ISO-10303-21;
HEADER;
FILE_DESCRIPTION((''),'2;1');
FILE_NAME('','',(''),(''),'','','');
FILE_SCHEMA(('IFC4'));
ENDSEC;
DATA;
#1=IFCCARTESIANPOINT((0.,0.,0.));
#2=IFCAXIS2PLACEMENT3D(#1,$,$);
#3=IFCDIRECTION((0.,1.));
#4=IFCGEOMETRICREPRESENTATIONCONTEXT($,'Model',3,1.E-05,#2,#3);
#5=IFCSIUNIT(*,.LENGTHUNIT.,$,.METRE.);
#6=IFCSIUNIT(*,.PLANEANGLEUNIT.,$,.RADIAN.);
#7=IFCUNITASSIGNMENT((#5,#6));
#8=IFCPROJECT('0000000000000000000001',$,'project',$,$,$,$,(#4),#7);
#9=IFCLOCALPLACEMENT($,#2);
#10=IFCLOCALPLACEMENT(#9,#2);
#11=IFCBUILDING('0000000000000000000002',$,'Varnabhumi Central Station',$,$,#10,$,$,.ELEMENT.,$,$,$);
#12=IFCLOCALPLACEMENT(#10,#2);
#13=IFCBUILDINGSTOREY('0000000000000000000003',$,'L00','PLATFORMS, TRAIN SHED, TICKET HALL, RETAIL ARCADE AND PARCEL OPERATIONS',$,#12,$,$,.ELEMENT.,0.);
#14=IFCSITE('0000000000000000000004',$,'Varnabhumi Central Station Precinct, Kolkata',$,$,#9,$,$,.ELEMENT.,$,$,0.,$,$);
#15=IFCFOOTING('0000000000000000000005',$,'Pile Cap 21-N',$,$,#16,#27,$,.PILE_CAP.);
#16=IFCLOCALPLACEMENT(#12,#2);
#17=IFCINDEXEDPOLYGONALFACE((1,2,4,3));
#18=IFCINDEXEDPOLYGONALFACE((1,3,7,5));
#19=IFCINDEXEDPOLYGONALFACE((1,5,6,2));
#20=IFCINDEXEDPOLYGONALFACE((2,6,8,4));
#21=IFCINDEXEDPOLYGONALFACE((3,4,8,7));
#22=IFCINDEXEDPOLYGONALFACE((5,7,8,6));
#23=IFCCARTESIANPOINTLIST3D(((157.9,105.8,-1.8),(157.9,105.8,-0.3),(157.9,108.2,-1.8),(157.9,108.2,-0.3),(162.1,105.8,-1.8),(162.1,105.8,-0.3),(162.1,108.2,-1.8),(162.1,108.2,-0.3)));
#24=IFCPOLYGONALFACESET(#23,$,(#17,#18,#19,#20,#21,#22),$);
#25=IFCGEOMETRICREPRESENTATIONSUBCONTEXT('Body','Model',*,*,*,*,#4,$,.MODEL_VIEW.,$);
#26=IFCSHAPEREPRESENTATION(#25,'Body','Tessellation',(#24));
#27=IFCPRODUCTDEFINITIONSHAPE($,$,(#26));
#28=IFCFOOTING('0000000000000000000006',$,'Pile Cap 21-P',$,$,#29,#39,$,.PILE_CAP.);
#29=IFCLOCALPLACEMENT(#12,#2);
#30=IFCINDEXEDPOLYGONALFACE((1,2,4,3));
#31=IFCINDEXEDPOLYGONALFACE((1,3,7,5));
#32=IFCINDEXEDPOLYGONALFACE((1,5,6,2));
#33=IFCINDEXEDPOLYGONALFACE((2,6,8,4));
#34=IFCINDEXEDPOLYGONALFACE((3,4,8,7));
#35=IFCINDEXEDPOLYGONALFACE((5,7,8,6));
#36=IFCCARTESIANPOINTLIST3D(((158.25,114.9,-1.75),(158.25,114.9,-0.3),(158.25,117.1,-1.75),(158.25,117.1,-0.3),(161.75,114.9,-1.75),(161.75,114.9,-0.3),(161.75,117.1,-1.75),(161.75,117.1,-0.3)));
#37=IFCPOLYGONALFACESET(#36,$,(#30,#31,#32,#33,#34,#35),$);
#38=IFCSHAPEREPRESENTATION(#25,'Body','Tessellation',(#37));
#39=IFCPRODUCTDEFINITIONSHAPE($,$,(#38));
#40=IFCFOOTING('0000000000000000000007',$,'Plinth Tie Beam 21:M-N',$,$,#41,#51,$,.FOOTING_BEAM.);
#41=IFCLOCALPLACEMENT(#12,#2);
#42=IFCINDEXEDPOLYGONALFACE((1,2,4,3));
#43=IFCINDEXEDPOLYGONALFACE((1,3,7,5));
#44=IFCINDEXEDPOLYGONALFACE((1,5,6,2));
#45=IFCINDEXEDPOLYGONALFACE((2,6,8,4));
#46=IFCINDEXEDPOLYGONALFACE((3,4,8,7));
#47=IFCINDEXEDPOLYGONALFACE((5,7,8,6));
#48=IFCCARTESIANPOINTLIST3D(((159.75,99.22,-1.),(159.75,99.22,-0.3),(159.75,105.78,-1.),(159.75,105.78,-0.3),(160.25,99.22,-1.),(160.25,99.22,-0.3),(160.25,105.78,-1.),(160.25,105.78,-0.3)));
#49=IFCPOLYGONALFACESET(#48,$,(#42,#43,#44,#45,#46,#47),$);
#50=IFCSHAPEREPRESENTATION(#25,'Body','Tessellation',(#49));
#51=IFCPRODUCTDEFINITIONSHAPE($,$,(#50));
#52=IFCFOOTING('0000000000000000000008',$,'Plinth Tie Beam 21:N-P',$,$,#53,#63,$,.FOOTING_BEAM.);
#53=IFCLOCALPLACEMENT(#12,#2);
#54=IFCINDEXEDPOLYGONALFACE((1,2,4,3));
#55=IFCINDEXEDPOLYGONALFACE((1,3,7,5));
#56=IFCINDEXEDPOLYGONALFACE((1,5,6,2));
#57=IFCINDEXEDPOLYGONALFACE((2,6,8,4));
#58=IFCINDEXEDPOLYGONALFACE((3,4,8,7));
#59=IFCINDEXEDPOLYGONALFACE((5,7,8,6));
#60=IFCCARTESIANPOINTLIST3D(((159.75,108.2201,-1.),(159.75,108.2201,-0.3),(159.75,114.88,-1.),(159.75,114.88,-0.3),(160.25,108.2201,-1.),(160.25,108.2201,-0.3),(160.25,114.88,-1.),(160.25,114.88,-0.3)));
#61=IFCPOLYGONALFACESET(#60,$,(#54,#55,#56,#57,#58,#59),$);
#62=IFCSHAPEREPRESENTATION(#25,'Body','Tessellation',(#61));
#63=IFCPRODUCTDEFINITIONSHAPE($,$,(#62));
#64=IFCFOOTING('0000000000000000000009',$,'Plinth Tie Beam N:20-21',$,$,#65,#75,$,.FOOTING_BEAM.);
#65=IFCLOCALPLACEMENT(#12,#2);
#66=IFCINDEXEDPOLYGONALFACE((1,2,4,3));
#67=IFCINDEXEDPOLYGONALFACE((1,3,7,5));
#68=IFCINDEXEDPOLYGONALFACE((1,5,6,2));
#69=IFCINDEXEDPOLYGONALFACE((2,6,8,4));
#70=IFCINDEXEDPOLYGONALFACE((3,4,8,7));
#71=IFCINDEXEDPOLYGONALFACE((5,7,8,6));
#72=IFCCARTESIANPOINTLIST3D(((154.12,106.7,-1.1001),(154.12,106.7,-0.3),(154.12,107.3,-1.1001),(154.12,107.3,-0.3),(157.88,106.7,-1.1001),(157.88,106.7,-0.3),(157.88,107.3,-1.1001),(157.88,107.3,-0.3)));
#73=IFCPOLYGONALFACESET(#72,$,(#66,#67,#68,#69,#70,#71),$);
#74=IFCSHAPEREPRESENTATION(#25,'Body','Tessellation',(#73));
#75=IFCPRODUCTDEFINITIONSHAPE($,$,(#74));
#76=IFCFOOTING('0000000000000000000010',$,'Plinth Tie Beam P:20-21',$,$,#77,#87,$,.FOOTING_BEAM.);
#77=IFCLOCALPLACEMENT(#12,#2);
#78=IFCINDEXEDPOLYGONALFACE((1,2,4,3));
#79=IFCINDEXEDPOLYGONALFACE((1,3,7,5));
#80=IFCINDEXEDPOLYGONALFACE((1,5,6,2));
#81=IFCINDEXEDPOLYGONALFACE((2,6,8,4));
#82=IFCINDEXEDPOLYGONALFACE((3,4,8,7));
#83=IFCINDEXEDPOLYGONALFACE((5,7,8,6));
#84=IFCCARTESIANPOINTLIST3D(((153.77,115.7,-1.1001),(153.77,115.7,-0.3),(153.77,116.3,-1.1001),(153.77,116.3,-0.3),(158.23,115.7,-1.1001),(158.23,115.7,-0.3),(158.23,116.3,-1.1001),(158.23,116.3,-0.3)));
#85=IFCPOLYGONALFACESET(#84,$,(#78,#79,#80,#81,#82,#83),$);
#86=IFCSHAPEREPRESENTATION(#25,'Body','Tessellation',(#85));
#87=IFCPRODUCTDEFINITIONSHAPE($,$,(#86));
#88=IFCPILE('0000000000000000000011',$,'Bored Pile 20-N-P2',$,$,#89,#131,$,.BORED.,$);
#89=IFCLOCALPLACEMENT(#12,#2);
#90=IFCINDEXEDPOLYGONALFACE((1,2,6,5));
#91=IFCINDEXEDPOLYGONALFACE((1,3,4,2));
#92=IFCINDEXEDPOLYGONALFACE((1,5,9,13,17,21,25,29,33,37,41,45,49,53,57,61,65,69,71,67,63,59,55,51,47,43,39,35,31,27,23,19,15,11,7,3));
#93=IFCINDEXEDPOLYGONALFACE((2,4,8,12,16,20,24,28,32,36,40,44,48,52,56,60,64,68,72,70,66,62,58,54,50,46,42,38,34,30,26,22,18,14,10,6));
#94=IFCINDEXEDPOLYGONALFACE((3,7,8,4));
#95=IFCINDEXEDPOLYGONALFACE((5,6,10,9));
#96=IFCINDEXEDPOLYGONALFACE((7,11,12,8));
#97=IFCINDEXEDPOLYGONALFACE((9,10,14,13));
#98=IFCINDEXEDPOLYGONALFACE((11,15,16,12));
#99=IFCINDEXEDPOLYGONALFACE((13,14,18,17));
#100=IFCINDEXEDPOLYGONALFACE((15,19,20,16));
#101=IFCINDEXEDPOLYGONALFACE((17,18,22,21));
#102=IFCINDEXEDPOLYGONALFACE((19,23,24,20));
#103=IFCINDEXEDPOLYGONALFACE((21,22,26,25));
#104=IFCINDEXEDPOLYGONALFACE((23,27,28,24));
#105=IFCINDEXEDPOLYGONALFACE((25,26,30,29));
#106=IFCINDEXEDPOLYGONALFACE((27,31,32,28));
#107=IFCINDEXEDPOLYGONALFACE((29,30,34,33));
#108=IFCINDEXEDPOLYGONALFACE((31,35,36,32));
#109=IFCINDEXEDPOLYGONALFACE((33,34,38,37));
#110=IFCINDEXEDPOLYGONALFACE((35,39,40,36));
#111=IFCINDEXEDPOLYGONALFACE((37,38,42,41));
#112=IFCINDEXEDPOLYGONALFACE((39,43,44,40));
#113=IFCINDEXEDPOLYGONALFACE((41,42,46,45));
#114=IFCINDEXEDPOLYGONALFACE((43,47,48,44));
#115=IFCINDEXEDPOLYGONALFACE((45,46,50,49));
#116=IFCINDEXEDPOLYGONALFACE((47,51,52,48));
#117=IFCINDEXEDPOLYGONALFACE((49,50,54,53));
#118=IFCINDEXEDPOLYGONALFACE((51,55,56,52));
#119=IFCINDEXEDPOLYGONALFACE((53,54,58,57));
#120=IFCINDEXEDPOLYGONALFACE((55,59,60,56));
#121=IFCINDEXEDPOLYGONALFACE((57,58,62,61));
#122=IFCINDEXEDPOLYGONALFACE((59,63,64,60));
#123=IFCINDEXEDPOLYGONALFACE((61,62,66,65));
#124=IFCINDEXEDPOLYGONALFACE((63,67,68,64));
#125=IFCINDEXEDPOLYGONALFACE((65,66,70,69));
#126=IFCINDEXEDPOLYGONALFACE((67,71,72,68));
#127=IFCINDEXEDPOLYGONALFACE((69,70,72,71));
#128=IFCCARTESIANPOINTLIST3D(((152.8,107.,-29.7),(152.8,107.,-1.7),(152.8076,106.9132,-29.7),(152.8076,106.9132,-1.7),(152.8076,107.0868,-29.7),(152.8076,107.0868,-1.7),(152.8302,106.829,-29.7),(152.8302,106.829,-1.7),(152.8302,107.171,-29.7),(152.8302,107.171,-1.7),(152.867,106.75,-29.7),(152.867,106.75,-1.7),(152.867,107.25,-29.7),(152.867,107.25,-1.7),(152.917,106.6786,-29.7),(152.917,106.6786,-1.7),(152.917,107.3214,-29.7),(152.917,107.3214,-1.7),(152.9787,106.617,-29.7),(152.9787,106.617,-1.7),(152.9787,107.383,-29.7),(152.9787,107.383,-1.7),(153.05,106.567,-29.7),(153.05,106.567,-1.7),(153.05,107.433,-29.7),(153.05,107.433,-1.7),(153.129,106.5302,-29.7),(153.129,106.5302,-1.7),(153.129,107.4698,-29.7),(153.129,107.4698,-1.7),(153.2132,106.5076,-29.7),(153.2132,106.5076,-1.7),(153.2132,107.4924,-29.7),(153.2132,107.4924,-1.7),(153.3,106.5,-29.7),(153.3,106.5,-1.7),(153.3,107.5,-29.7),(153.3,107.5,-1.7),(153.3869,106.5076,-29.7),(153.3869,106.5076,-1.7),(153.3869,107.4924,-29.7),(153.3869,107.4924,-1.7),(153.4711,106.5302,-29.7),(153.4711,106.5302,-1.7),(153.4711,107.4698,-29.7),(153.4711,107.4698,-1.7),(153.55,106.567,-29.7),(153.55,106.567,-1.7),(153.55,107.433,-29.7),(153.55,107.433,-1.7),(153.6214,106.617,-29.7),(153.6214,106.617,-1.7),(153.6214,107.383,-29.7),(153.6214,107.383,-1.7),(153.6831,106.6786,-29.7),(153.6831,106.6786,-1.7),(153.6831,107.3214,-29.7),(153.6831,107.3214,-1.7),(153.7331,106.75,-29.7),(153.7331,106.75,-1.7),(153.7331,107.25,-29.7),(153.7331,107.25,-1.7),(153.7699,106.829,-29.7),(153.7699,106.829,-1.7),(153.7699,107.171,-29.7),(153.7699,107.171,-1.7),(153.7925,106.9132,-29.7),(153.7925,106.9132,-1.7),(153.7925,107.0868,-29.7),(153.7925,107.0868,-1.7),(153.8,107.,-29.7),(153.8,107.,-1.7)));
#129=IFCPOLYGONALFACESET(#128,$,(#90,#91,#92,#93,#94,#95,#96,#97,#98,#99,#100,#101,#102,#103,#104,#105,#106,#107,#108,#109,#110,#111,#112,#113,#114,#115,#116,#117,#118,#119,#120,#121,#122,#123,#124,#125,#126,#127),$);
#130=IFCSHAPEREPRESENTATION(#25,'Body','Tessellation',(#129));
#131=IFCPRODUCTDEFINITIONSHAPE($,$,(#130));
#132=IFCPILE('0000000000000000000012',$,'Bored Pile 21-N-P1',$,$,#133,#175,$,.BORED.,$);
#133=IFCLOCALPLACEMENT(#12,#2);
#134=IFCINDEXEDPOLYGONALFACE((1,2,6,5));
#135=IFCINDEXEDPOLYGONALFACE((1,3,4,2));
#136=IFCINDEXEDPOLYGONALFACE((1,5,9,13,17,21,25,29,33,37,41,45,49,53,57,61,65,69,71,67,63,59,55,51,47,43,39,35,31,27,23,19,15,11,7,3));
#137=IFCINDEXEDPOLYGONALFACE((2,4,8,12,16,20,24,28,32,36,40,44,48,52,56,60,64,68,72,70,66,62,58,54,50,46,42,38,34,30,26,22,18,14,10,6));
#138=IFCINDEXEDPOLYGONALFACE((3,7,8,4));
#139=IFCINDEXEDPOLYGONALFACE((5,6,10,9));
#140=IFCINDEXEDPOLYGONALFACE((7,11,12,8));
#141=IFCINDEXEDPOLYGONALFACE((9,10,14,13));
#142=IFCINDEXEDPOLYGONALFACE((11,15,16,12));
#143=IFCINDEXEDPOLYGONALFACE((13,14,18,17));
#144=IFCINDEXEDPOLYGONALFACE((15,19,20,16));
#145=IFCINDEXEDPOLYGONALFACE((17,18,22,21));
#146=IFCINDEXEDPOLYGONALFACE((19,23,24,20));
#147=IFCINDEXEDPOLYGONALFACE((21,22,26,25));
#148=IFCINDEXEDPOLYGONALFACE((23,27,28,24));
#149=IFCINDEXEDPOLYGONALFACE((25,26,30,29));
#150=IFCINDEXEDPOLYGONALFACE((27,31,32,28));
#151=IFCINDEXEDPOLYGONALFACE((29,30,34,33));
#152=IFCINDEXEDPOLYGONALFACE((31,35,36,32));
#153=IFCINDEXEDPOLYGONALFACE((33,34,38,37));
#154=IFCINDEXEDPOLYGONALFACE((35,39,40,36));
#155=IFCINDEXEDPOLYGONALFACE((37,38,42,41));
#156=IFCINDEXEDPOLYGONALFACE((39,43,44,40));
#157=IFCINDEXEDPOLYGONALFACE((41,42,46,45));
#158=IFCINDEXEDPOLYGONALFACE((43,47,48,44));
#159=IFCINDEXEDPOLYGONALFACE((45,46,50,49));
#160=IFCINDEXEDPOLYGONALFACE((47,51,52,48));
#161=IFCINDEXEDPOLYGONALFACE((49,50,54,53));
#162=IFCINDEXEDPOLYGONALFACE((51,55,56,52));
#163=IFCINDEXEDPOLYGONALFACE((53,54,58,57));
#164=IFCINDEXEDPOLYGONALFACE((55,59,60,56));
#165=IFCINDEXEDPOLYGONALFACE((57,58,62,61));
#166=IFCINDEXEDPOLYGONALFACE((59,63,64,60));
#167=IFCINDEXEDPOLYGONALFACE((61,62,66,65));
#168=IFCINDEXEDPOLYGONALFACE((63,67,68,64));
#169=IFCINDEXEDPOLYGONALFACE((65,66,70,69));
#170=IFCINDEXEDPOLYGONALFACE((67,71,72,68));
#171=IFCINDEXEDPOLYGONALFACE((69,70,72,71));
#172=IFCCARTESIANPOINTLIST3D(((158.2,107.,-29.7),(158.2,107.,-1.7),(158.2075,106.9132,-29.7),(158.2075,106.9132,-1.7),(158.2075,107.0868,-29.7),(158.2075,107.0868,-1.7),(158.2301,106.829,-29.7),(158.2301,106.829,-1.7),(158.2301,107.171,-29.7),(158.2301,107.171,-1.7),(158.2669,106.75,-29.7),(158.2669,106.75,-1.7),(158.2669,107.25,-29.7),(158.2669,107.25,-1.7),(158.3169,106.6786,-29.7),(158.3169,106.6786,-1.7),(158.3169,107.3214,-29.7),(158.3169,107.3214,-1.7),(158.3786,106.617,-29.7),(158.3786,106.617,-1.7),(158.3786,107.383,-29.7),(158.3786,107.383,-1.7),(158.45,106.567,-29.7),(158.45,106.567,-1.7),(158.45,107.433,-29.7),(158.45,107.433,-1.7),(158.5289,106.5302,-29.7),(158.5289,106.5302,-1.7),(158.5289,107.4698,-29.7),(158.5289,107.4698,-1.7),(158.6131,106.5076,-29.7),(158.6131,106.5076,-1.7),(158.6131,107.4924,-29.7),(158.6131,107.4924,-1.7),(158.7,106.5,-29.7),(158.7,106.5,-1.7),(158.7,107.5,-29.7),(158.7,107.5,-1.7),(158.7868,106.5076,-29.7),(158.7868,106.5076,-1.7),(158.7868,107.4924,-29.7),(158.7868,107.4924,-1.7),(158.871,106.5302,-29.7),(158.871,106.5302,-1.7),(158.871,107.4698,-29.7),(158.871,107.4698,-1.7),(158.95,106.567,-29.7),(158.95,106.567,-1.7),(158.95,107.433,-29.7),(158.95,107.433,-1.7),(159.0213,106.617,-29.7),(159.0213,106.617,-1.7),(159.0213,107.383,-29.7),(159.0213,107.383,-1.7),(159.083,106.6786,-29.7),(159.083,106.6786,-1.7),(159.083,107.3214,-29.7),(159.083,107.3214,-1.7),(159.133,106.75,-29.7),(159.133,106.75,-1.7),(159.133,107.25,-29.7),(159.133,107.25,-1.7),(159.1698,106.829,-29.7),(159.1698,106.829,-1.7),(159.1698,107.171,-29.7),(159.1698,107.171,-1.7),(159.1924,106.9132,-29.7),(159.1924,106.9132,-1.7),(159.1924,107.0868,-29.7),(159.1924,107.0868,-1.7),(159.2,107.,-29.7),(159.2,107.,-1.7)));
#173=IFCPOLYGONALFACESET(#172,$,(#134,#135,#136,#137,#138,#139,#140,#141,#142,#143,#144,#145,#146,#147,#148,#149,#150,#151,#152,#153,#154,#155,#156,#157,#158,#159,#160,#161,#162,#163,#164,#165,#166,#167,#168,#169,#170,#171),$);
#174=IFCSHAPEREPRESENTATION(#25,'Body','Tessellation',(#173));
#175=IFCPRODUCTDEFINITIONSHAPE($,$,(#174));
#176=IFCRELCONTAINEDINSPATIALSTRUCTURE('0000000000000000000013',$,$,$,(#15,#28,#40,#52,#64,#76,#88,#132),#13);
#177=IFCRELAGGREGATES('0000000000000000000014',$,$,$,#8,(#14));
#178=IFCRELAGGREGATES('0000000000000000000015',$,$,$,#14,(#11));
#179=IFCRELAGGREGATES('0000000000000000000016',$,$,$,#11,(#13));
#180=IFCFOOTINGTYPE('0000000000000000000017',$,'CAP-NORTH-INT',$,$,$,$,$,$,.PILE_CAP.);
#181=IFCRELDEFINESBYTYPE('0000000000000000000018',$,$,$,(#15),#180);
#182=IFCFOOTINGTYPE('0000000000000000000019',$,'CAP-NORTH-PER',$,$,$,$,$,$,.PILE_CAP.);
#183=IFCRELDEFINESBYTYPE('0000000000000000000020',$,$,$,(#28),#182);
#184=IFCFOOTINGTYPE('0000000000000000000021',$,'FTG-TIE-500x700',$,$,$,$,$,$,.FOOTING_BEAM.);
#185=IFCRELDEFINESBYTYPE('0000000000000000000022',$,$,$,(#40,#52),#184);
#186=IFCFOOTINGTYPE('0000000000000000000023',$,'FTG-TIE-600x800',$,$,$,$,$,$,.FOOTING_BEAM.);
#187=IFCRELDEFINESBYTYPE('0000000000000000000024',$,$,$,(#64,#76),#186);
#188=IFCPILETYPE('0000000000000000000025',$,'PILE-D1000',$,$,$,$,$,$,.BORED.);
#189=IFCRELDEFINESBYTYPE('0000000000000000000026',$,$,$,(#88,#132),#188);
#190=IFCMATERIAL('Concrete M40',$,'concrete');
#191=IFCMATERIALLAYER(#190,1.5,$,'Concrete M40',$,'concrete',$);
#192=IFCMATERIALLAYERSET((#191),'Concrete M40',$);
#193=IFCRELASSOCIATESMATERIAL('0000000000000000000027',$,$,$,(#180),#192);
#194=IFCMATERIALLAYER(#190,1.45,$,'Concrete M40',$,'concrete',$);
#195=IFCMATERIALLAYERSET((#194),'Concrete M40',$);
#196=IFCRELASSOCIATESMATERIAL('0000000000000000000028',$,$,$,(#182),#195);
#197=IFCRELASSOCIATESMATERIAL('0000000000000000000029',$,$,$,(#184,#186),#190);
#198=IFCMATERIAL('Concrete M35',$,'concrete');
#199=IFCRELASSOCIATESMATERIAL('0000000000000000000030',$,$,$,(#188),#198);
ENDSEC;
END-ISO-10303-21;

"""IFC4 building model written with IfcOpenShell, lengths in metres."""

from ifc_helpers import new_model, si_unit, direction, frame, origin, origin_2d, place, context, subcontext, project, spatial, rectangle, circle, extrude, material, layer, layer_set, material_profile, profile_set, type_object, element, save


model = new_model("IFC4")

# Units and contexts
model_context = context("Model", 3, precision=1e-05, world=origin(), true_north=direction((0.0, 1.0)))
body_context = subcontext(model_context, "Body", "Model", "MODEL_VIEW")
ifc_project = project(units=[si_unit("LENGTHUNIT", "METRE"), si_unit("PLANEANGLEUNIT", "RADIAN")], contexts=[model_context])

# Site, building, storey
site_placement = place(None, origin())
site = spatial("IfcSite", under=ifc_project, at=site_placement, Name="Varnabhumi Central Station Precinct, Kolkata", CompositionType="ELEMENT", RefElevation=0.0)
building_placement = place(site_placement, origin())
building = spatial("IfcBuilding", under=site, at=building_placement, Name="Varnabhumi Central Station", CompositionType="ELEMENT")
storey_placement = place(building_placement, origin())
storey = spatial("IfcBuildingStorey", under=building, at=storey_placement, Name="L00", Description="PLATFORMS, TRAIN SHED, TICKET HALL, RETAIL ARCADE AND PARCEL OPERATIONS", CompositionType="ELEMENT", Elevation=0.0)

# Footings
ifc_material_1 = material(Name="Concrete M40", Category="concrete")
ifc_layer_1 = layer(ifc_material_1, 1.5, Name="Concrete M40", Category="concrete")
ifc_layer_set_1 = layer_set([ifc_layer_1], Name="Concrete M40")
footing_type_1 = type_object("IfcFootingType", Name="CAP-NORTH-INT", PredefinedType="PILE_CAP", material=ifc_layer_set_1)
footing_1_placement = place(storey_placement, frame((160.0, 107.0, -1.8), z_axis=(0.0, 0.0, 1.0), x_axis=(1.0, 0.0, 0.0)))
element("IfcFooting", 1, at=footing_1_placement, inside=storey, type_object=footing_type_1, Name="Pile Cap 21-N", PredefinedType="PILE_CAP", context=body_context, shape_type="SweptSolid", body=[
    extrude(rectangle(XDim=4.2, YDim=2.3999, at=origin_2d()), origin(), (0.0, 0.0, 1.0), 1.5),
])
ifc_layer_2 = layer(ifc_material_1, 1.45, Name="Concrete M40", Category="concrete")
ifc_layer_set_2 = layer_set([ifc_layer_2], Name="Concrete M40")
footing_type_2 = type_object("IfcFootingType", Name="CAP-NORTH-PER", PredefinedType="PILE_CAP", material=ifc_layer_set_2)
footing_2_placement = place(storey_placement, frame((160.0, 116.0, -1.75), z_axis=(0.0, 0.0, 1.0), x_axis=(1.0, 0.0, 0.0)))
element("IfcFooting", 2, at=footing_2_placement, inside=storey, type_object=footing_type_2, Name="Pile Cap 21-P", PredefinedType="PILE_CAP", context=body_context, shape_type="SweptSolid", body=[
    extrude(rectangle(XDim=3.5, YDim=2.2, at=origin_2d()), origin(), (0.0, 0.0, 1.0), 1.45),
])
footing_type_3 = type_object("IfcFootingType", Name="FTG-TIE-500x700", PredefinedType="FOOTING_BEAM", material=ifc_material_1)
footing_3_placement = place(storey_placement, frame((160.0, 102.5, -1.0), z_axis=(0.0, 0.0, 1.0), x_axis=(1.0, 0.0, 0.0)))
element("IfcFooting", 3, at=footing_3_placement, inside=storey, type_object=footing_type_3, Name="Plinth Tie Beam 21:M-N", PredefinedType="FOOTING_BEAM", context=body_context, shape_type="SweptSolid", body=[
    extrude(rectangle(XDim=0.5, YDim=6.5601, at=origin_2d()), origin(), (0.0, 0.0, 1.0), 0.7),
])
footing_4_placement = place(storey_placement, frame((160.0, 111.55, -1.0), z_axis=(0.0, 0.0, 1.0), x_axis=(1.0, 0.0, 0.0)))
element("IfcFooting", 4, at=footing_4_placement, inside=storey, type_object=footing_type_3, Name="Plinth Tie Beam 21:N-P", PredefinedType="FOOTING_BEAM", context=body_context, shape_type="SweptSolid", body=[
    extrude(rectangle(XDim=0.5, YDim=6.6599, at=origin_2d()), origin(), (0.0, 0.0, 1.0), 0.7),
])
footing_type_4 = type_object("IfcFootingType", Name="FTG-TIE-600x800", PredefinedType="FOOTING_BEAM", material=ifc_material_1)
footing_5_placement = place(storey_placement, frame((156.0, 107.0, -1.1001), z_axis=(0.0, 0.0, 1.0), x_axis=(1.0, 0.0, 0.0)))
element("IfcFooting", 5, at=footing_5_placement, inside=storey, type_object=footing_type_4, Name="Plinth Tie Beam N:20-21", PredefinedType="FOOTING_BEAM", context=body_context, shape_type="SweptSolid", body=[
    extrude(rectangle(XDim=3.76, YDim=0.6001, at=origin_2d()), origin(), (0.0, 0.0, 1.0), 0.8),
])
footing_6_placement = place(storey_placement, frame((156.0, 116.0, -1.1001), z_axis=(0.0, 0.0, 1.0), x_axis=(1.0, 0.0, 0.0)))
element("IfcFooting", 6, at=footing_6_placement, inside=storey, type_object=footing_type_4, Name="Plinth Tie Beam P:20-21", PredefinedType="FOOTING_BEAM", context=body_context, shape_type="SweptSolid", body=[
    extrude(rectangle(XDim=4.46, YDim=0.6001, at=origin_2d()), origin(), (0.0, 0.0, 1.0), 0.8),
])

# Piles
ifc_material_2 = material(Name="Concrete M35", Category="concrete")
ifc_material_profile_1 = material_profile(ifc_material_2, circle(Radius=0.5, at=origin_2d()), Name="Concrete M35", Category="concrete")
ifc_profile_set_1 = profile_set([ifc_material_profile_1], Name="Concrete M35")
pile_type_1 = type_object("IfcPileType", Name="PILE-D1000", PredefinedType="BORED", material=ifc_profile_set_1)
for number, where, z_axis, x_axis, name in (
    (7, (153.3, 107.0, -1.7), (0.0, 0.0, -1.0), (1.0, 0.0, 0.0), "Bored Pile 20-N-P2"),
    (8, (158.7, 107.0, -1.7), (0.0, 0.0, -1.0), (1.0, 0.0, 0.0), "Bored Pile 21-N-P1"),
):
    element("IfcPile", number, at=place(storey_placement, frame(where, z_axis=z_axis, x_axis=x_axis)), inside=storey, type_object=pile_type_1, Name=name, PredefinedType="BORED", context=body_context, shape_type="SweptSolid", body=[
        extrude(circle(Radius=0.5, at=origin_2d()), origin(), (0.0, 0.0, 1.0), 28.0),
    ])

save(model, "model.ifc")
